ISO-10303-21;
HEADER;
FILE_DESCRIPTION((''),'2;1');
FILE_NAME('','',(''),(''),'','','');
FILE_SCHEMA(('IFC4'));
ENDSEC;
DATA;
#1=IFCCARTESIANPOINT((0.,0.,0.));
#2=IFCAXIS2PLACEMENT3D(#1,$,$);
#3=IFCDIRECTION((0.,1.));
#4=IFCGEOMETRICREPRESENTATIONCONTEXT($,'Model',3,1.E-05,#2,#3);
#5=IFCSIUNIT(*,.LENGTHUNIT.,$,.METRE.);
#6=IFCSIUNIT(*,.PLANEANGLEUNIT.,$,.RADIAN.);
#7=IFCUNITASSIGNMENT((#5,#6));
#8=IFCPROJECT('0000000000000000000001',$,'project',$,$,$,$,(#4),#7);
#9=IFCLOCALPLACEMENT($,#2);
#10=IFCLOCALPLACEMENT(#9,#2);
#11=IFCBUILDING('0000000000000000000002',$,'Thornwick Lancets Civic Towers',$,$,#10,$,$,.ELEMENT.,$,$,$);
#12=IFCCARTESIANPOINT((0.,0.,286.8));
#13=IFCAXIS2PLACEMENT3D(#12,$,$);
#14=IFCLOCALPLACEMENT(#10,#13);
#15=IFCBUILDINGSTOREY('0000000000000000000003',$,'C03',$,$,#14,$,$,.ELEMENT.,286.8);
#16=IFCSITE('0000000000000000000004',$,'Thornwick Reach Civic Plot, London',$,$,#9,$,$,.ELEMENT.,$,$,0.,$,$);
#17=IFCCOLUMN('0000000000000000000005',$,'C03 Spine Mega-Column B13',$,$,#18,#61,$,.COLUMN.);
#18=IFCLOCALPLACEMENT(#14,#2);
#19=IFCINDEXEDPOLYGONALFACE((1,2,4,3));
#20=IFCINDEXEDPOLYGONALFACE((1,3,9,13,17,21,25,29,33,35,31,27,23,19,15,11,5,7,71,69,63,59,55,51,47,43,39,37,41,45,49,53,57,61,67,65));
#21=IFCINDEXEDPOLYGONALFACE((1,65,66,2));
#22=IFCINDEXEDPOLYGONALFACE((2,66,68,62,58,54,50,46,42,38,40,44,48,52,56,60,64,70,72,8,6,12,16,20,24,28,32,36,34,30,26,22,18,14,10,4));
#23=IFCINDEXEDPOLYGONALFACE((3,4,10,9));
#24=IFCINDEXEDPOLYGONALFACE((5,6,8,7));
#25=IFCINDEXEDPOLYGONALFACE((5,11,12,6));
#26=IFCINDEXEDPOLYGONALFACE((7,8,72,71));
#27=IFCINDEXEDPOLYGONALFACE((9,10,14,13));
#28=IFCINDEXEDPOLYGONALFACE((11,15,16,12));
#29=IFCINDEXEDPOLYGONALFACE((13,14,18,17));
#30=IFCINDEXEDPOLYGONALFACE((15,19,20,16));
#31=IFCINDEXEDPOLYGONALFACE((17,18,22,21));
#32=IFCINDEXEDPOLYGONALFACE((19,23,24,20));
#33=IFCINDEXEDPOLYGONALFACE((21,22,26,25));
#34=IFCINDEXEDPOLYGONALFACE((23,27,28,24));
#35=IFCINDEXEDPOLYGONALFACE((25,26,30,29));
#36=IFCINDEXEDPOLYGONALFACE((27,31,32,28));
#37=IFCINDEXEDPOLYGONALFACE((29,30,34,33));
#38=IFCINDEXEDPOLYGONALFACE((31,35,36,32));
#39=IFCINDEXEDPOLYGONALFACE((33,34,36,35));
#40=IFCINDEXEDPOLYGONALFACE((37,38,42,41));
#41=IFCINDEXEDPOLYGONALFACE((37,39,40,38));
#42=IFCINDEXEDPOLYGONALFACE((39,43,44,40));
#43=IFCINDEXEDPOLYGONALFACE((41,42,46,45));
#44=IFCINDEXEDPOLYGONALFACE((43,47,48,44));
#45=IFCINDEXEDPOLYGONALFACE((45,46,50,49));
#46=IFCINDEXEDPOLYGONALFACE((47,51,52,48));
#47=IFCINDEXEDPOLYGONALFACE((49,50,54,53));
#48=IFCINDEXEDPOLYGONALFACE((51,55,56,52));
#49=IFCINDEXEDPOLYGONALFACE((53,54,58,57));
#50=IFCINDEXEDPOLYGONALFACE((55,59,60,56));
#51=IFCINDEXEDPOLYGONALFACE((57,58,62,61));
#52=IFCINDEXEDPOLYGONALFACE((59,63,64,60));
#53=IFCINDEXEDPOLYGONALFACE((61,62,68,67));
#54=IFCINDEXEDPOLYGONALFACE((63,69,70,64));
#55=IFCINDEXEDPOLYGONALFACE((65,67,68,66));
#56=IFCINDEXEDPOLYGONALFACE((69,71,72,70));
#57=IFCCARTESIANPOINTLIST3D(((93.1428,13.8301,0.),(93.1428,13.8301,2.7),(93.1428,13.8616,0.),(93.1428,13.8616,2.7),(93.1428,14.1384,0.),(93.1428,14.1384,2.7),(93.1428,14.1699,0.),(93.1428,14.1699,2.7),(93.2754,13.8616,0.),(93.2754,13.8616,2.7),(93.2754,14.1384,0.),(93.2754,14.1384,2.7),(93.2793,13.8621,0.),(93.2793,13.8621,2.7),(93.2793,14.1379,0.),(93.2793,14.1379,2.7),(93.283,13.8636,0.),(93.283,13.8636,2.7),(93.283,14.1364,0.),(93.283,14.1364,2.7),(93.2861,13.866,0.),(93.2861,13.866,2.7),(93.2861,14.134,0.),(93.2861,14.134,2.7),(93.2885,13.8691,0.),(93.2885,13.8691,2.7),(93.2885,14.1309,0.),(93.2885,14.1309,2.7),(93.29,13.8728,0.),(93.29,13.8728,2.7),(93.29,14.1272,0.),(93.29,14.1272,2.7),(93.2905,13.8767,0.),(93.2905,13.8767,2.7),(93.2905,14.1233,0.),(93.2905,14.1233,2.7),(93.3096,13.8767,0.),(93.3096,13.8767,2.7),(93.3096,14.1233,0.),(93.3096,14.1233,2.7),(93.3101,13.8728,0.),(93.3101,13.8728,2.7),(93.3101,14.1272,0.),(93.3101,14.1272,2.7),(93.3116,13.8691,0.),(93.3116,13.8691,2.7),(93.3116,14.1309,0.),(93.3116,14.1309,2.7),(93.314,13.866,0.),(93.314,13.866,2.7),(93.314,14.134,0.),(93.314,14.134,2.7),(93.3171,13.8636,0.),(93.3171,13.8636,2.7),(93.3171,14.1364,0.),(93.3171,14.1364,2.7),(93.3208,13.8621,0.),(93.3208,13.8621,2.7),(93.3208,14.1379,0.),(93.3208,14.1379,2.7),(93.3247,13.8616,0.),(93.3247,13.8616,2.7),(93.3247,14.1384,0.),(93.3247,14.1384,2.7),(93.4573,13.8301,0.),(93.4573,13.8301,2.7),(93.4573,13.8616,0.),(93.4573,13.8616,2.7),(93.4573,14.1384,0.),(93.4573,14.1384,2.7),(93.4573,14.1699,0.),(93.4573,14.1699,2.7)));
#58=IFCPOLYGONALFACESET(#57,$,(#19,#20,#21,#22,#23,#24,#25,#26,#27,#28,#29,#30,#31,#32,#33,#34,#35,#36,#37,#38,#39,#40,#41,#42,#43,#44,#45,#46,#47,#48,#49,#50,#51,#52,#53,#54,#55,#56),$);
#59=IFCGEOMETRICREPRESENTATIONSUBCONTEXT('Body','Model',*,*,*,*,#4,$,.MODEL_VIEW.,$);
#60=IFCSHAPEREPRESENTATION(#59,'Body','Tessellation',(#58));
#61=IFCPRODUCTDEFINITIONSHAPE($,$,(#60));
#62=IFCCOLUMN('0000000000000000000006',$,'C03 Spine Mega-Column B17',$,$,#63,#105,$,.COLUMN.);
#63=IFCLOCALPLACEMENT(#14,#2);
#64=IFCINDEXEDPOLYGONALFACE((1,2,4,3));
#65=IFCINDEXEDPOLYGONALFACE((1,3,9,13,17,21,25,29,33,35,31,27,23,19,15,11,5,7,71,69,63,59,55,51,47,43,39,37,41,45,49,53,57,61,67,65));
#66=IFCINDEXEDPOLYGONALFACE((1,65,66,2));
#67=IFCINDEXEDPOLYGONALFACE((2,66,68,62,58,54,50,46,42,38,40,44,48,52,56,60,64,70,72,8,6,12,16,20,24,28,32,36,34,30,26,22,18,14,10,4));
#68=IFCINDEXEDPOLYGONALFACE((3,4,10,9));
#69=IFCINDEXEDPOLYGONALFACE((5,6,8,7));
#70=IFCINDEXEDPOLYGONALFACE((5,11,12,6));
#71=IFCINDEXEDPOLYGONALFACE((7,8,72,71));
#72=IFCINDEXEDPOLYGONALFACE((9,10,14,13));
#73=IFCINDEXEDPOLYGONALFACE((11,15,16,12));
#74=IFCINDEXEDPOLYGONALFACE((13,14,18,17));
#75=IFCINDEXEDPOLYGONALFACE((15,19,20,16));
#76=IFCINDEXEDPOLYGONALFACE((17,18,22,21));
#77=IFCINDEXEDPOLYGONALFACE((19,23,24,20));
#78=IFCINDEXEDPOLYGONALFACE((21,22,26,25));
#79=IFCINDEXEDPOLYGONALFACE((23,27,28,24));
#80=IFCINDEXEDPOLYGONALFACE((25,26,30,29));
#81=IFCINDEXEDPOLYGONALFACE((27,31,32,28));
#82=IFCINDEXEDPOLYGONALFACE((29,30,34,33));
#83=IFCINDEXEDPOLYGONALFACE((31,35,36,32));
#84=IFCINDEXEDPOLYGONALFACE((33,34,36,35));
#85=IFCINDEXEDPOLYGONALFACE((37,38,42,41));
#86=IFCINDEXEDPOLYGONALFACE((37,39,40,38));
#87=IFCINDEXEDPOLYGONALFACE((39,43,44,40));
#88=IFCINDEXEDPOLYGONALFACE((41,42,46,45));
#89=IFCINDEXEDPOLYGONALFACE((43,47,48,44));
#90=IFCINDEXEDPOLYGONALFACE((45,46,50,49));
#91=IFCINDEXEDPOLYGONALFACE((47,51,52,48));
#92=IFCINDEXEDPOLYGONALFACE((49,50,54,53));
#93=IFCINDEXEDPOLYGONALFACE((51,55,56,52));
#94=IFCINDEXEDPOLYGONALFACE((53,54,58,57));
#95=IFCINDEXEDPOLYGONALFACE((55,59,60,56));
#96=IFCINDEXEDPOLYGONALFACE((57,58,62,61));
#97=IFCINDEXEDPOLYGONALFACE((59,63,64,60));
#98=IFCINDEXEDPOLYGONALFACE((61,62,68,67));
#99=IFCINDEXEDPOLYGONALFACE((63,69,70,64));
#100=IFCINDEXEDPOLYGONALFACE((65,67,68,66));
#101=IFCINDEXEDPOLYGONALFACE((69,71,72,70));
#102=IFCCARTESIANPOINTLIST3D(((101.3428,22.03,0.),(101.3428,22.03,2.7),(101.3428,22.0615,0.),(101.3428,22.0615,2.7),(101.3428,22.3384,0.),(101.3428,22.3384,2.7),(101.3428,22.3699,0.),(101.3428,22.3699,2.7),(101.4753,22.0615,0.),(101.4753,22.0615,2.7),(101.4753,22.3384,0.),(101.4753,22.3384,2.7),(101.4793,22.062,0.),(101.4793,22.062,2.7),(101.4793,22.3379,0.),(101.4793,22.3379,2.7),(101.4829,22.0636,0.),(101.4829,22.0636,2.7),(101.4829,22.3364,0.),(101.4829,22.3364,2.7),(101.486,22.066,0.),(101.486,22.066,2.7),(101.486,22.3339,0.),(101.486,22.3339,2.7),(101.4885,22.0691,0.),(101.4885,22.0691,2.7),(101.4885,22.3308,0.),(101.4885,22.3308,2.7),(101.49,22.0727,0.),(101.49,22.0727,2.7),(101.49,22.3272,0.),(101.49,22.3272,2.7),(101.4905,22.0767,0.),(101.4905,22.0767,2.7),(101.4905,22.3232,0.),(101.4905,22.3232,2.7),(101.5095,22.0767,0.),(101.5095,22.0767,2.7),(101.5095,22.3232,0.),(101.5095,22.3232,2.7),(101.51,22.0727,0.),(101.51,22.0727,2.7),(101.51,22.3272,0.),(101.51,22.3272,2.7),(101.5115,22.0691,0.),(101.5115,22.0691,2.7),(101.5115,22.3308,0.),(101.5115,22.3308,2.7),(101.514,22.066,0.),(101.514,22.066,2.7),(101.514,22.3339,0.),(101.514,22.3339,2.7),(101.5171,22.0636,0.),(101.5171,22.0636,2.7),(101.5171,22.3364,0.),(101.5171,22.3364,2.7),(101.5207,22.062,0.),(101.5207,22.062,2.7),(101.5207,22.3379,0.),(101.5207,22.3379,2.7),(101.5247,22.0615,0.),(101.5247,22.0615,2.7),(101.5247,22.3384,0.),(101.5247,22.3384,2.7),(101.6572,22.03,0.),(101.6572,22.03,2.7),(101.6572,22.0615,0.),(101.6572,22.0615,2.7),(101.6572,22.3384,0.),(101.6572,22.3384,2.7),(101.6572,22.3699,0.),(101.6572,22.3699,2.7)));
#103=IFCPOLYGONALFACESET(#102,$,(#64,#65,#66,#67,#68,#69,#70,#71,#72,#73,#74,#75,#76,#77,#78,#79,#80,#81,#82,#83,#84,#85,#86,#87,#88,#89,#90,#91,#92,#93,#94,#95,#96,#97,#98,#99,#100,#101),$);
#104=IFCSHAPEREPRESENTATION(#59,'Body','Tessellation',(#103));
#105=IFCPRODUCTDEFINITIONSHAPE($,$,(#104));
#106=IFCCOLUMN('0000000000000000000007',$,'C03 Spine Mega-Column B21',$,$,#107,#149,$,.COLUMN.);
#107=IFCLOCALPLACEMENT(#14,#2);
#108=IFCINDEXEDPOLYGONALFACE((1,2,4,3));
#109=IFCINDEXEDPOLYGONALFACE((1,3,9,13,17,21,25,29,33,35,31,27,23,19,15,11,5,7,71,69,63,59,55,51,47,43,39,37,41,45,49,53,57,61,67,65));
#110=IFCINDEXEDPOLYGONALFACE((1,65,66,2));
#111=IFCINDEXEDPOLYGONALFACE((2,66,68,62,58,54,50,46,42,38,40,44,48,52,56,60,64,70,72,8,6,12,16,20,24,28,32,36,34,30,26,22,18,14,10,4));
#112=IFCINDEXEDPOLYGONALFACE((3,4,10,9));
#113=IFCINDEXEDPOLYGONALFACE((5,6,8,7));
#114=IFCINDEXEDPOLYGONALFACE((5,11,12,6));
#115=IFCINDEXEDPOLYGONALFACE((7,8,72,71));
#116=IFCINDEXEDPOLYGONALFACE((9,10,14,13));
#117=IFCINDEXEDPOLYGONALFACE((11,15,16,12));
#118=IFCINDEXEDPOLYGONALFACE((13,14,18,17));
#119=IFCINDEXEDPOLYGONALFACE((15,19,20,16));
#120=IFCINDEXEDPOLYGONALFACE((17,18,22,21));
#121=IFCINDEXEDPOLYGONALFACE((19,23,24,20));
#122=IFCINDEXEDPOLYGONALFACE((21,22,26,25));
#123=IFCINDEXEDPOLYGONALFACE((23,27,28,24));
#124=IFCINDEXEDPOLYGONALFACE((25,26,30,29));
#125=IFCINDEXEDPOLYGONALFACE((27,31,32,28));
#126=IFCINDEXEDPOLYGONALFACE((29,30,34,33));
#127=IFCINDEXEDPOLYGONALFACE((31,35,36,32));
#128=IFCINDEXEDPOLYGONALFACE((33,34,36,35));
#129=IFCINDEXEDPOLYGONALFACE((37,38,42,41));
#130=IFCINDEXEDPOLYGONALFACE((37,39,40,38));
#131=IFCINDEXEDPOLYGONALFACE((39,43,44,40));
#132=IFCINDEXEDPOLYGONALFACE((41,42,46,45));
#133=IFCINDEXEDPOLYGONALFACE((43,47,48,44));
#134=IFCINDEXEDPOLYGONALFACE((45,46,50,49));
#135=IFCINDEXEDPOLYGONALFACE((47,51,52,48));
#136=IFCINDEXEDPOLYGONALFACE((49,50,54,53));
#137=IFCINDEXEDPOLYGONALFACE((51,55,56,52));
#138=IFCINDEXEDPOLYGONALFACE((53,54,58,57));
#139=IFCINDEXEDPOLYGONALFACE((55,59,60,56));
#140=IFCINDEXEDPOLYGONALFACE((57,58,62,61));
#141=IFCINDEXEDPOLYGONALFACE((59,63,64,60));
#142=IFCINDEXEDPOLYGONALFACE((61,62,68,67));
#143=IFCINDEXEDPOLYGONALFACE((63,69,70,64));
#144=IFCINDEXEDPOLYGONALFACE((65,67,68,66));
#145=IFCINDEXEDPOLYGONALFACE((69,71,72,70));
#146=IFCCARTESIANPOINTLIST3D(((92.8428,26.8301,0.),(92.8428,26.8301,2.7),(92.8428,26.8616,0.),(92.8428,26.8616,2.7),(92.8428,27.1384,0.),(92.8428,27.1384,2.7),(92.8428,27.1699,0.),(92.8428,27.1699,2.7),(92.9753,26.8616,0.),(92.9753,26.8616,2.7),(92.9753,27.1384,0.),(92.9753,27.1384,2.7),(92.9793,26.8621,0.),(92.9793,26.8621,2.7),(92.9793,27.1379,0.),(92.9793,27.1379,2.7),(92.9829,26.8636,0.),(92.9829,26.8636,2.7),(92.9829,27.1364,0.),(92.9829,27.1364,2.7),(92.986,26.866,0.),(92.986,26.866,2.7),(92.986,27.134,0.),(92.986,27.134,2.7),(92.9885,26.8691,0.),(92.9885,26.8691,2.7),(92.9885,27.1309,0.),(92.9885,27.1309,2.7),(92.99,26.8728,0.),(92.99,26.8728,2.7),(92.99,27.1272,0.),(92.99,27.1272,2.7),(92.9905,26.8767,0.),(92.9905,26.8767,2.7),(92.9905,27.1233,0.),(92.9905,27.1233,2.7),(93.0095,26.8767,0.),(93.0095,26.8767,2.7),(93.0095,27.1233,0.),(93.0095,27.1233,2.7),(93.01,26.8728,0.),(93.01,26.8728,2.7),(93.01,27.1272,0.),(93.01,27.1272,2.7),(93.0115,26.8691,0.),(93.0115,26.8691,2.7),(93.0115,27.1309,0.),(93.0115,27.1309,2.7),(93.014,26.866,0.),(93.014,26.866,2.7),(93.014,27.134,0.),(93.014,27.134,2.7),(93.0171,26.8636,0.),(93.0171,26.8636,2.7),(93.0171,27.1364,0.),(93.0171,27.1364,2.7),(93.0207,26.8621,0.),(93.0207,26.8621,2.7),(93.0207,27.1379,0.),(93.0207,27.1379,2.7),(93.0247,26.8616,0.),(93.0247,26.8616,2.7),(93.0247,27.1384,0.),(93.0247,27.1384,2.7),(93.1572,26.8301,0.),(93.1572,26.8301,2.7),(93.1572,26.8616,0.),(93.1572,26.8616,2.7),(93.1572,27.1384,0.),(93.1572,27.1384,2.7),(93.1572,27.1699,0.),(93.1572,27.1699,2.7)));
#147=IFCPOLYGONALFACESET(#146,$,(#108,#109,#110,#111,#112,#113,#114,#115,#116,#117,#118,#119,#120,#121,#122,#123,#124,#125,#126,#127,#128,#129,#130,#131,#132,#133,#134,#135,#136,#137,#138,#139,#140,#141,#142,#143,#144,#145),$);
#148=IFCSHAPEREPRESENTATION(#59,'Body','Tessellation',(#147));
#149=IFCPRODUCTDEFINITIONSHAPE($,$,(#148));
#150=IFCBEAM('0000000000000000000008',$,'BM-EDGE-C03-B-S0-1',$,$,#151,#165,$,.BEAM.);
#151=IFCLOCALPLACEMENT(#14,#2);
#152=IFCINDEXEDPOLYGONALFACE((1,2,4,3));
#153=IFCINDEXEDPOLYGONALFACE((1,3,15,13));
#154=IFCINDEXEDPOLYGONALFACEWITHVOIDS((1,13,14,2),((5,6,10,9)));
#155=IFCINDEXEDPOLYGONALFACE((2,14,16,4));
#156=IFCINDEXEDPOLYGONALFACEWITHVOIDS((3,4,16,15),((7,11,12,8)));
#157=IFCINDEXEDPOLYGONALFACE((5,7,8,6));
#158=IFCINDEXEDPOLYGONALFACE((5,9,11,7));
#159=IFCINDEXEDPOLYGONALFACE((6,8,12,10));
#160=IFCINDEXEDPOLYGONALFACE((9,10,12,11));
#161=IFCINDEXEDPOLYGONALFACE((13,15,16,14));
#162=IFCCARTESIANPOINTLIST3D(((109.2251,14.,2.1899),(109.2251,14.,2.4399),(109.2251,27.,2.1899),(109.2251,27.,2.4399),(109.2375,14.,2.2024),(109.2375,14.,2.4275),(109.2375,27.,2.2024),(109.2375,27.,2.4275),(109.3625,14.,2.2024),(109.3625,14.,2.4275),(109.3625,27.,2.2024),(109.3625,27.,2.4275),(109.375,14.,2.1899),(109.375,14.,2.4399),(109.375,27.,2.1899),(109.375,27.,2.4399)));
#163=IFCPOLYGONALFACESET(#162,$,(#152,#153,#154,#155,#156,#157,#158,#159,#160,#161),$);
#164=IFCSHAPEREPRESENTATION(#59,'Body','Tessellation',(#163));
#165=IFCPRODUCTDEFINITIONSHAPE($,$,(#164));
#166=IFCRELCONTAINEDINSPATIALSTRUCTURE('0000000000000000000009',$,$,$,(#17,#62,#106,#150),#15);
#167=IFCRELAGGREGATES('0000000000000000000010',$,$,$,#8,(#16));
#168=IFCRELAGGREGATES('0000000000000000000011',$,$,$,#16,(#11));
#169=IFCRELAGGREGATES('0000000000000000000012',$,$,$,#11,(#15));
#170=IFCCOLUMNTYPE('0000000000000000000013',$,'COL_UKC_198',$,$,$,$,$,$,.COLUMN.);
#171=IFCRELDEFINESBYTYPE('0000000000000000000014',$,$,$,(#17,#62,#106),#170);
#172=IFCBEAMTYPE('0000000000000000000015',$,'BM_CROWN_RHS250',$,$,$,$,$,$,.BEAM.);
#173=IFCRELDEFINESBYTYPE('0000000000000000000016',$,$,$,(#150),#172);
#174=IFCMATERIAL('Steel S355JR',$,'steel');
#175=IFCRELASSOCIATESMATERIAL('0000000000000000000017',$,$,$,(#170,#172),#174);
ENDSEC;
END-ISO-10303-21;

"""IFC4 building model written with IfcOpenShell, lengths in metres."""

from ifc_helpers import new_model, si_unit, direction, frame, origin, origin_2d, place, context, subcontext, project, spatial, hollow_rectangle, i_section, extrude, material, material_profile, profile_set, type_object, element, save


model = new_model("IFC4")

# Units and contexts
model_context = context("Model", 3, precision=1e-05, world=origin(), true_north=direction((0.0, 1.0)))
body_context = subcontext(model_context, "Body", "Model", "MODEL_VIEW")
ifc_project = project(units=[si_unit("LENGTHUNIT", "METRE"), si_unit("PLANEANGLEUNIT", "RADIAN")], contexts=[model_context])

# Site, building, storey
site_placement = place(None, origin())
site = spatial("IfcSite", under=ifc_project, at=site_placement, Name="Thornwick Reach Civic Plot, London", CompositionType="ELEMENT", RefElevation=0.0)
building_placement = place(site_placement, origin())
building = spatial("IfcBuilding", under=site, at=building_placement, Name="Thornwick Lancets Civic Towers", CompositionType="ELEMENT")
storey_placement = place(building_placement, frame((0.0, 0.0, 286.8)))
storey = spatial("IfcBuildingStorey", under=building, at=storey_placement, Name="C03", CompositionType="ELEMENT", Elevation=286.8)

# Columns
ifc_material_1 = material(Name="Steel S355JR", Category="steel")
ifc_material_profile_1 = material_profile(ifc_material_1, i_section(OverallWidth=0.3145, OverallDepth=0.3398, WebThickness=0.019, FlangeThickness=0.0315, FilletRadius=0.0151, at=origin_2d()), Name="UKC 305x305x198")
ifc_profile_set_1 = profile_set([ifc_material_profile_1], Name="Steel S355JR")
column_type_1 = type_object("IfcColumnType", Name="COL_UKC_198", PredefinedType="COLUMN", material=ifc_profile_set_1)
for number, where, z_axis, x_axis, name in (
    (1, (93.3, 14.0, 0.0), (0.0, 0.0, 1.0), (1.0, 0.0, 0.0), "C03 Spine Mega-Column B13"),
    (2, (101.5, 22.2, 0.0), (0.0, 0.0, 1.0), (1.0, 0.0, 0.0), "C03 Spine Mega-Column B17"),
    (3, (93.0, 27.0, 0.0), (0.0, 0.0, 1.0), (1.0, 0.0, 0.0), "C03 Spine Mega-Column B21"),
):
    element("IfcColumn", number, at=place(storey_placement, frame(where, z_axis=z_axis, x_axis=x_axis)), inside=storey, type_object=column_type_1, Name=name, PredefinedType="COLUMN", context=body_context, shape_type="SweptSolid", body=[
        extrude(i_section(OverallWidth=0.3145, OverallDepth=0.3398, WebThickness=0.019, FlangeThickness=0.0315, FilletRadius=0.0151, at=origin_2d()), origin(), (0.0, 0.0, 1.0), 2.7),
    ])

# Beam
ifc_material_profile_2 = material_profile(ifc_material_1, hollow_rectangle(XDim=0.1499, YDim=0.25, WallThickness=0.0125, at=origin_2d()), Name="RHS 250x150x12.5")
ifc_profile_set_2 = profile_set([ifc_material_profile_2], Name="Steel S355JR")
beam_type_1 = type_object("IfcBeamType", Name="BM_CROWN_RHS250", PredefinedType="BEAM", material=ifc_profile_set_2)
beam_1_placement = place(storey_placement, frame((109.3, 14.0, 2.3149), z_axis=(0.0, 1.0, 0.0), x_axis=(-1.0, 0.0, 0.0)))
element("IfcBeam", 4, at=beam_1_placement, inside=storey, type_object=beam_type_1, Name="BM-EDGE-C03-B-S0-1", PredefinedType="BEAM", context=body_context, shape_type="SweptSolid", body=[
    extrude(hollow_rectangle(XDim=0.1499, YDim=0.25, WallThickness=0.0125, at=origin_2d()), origin(), (0.0, 0.0, 1.0), 13.0),
])

save(model, "model.ifc")
